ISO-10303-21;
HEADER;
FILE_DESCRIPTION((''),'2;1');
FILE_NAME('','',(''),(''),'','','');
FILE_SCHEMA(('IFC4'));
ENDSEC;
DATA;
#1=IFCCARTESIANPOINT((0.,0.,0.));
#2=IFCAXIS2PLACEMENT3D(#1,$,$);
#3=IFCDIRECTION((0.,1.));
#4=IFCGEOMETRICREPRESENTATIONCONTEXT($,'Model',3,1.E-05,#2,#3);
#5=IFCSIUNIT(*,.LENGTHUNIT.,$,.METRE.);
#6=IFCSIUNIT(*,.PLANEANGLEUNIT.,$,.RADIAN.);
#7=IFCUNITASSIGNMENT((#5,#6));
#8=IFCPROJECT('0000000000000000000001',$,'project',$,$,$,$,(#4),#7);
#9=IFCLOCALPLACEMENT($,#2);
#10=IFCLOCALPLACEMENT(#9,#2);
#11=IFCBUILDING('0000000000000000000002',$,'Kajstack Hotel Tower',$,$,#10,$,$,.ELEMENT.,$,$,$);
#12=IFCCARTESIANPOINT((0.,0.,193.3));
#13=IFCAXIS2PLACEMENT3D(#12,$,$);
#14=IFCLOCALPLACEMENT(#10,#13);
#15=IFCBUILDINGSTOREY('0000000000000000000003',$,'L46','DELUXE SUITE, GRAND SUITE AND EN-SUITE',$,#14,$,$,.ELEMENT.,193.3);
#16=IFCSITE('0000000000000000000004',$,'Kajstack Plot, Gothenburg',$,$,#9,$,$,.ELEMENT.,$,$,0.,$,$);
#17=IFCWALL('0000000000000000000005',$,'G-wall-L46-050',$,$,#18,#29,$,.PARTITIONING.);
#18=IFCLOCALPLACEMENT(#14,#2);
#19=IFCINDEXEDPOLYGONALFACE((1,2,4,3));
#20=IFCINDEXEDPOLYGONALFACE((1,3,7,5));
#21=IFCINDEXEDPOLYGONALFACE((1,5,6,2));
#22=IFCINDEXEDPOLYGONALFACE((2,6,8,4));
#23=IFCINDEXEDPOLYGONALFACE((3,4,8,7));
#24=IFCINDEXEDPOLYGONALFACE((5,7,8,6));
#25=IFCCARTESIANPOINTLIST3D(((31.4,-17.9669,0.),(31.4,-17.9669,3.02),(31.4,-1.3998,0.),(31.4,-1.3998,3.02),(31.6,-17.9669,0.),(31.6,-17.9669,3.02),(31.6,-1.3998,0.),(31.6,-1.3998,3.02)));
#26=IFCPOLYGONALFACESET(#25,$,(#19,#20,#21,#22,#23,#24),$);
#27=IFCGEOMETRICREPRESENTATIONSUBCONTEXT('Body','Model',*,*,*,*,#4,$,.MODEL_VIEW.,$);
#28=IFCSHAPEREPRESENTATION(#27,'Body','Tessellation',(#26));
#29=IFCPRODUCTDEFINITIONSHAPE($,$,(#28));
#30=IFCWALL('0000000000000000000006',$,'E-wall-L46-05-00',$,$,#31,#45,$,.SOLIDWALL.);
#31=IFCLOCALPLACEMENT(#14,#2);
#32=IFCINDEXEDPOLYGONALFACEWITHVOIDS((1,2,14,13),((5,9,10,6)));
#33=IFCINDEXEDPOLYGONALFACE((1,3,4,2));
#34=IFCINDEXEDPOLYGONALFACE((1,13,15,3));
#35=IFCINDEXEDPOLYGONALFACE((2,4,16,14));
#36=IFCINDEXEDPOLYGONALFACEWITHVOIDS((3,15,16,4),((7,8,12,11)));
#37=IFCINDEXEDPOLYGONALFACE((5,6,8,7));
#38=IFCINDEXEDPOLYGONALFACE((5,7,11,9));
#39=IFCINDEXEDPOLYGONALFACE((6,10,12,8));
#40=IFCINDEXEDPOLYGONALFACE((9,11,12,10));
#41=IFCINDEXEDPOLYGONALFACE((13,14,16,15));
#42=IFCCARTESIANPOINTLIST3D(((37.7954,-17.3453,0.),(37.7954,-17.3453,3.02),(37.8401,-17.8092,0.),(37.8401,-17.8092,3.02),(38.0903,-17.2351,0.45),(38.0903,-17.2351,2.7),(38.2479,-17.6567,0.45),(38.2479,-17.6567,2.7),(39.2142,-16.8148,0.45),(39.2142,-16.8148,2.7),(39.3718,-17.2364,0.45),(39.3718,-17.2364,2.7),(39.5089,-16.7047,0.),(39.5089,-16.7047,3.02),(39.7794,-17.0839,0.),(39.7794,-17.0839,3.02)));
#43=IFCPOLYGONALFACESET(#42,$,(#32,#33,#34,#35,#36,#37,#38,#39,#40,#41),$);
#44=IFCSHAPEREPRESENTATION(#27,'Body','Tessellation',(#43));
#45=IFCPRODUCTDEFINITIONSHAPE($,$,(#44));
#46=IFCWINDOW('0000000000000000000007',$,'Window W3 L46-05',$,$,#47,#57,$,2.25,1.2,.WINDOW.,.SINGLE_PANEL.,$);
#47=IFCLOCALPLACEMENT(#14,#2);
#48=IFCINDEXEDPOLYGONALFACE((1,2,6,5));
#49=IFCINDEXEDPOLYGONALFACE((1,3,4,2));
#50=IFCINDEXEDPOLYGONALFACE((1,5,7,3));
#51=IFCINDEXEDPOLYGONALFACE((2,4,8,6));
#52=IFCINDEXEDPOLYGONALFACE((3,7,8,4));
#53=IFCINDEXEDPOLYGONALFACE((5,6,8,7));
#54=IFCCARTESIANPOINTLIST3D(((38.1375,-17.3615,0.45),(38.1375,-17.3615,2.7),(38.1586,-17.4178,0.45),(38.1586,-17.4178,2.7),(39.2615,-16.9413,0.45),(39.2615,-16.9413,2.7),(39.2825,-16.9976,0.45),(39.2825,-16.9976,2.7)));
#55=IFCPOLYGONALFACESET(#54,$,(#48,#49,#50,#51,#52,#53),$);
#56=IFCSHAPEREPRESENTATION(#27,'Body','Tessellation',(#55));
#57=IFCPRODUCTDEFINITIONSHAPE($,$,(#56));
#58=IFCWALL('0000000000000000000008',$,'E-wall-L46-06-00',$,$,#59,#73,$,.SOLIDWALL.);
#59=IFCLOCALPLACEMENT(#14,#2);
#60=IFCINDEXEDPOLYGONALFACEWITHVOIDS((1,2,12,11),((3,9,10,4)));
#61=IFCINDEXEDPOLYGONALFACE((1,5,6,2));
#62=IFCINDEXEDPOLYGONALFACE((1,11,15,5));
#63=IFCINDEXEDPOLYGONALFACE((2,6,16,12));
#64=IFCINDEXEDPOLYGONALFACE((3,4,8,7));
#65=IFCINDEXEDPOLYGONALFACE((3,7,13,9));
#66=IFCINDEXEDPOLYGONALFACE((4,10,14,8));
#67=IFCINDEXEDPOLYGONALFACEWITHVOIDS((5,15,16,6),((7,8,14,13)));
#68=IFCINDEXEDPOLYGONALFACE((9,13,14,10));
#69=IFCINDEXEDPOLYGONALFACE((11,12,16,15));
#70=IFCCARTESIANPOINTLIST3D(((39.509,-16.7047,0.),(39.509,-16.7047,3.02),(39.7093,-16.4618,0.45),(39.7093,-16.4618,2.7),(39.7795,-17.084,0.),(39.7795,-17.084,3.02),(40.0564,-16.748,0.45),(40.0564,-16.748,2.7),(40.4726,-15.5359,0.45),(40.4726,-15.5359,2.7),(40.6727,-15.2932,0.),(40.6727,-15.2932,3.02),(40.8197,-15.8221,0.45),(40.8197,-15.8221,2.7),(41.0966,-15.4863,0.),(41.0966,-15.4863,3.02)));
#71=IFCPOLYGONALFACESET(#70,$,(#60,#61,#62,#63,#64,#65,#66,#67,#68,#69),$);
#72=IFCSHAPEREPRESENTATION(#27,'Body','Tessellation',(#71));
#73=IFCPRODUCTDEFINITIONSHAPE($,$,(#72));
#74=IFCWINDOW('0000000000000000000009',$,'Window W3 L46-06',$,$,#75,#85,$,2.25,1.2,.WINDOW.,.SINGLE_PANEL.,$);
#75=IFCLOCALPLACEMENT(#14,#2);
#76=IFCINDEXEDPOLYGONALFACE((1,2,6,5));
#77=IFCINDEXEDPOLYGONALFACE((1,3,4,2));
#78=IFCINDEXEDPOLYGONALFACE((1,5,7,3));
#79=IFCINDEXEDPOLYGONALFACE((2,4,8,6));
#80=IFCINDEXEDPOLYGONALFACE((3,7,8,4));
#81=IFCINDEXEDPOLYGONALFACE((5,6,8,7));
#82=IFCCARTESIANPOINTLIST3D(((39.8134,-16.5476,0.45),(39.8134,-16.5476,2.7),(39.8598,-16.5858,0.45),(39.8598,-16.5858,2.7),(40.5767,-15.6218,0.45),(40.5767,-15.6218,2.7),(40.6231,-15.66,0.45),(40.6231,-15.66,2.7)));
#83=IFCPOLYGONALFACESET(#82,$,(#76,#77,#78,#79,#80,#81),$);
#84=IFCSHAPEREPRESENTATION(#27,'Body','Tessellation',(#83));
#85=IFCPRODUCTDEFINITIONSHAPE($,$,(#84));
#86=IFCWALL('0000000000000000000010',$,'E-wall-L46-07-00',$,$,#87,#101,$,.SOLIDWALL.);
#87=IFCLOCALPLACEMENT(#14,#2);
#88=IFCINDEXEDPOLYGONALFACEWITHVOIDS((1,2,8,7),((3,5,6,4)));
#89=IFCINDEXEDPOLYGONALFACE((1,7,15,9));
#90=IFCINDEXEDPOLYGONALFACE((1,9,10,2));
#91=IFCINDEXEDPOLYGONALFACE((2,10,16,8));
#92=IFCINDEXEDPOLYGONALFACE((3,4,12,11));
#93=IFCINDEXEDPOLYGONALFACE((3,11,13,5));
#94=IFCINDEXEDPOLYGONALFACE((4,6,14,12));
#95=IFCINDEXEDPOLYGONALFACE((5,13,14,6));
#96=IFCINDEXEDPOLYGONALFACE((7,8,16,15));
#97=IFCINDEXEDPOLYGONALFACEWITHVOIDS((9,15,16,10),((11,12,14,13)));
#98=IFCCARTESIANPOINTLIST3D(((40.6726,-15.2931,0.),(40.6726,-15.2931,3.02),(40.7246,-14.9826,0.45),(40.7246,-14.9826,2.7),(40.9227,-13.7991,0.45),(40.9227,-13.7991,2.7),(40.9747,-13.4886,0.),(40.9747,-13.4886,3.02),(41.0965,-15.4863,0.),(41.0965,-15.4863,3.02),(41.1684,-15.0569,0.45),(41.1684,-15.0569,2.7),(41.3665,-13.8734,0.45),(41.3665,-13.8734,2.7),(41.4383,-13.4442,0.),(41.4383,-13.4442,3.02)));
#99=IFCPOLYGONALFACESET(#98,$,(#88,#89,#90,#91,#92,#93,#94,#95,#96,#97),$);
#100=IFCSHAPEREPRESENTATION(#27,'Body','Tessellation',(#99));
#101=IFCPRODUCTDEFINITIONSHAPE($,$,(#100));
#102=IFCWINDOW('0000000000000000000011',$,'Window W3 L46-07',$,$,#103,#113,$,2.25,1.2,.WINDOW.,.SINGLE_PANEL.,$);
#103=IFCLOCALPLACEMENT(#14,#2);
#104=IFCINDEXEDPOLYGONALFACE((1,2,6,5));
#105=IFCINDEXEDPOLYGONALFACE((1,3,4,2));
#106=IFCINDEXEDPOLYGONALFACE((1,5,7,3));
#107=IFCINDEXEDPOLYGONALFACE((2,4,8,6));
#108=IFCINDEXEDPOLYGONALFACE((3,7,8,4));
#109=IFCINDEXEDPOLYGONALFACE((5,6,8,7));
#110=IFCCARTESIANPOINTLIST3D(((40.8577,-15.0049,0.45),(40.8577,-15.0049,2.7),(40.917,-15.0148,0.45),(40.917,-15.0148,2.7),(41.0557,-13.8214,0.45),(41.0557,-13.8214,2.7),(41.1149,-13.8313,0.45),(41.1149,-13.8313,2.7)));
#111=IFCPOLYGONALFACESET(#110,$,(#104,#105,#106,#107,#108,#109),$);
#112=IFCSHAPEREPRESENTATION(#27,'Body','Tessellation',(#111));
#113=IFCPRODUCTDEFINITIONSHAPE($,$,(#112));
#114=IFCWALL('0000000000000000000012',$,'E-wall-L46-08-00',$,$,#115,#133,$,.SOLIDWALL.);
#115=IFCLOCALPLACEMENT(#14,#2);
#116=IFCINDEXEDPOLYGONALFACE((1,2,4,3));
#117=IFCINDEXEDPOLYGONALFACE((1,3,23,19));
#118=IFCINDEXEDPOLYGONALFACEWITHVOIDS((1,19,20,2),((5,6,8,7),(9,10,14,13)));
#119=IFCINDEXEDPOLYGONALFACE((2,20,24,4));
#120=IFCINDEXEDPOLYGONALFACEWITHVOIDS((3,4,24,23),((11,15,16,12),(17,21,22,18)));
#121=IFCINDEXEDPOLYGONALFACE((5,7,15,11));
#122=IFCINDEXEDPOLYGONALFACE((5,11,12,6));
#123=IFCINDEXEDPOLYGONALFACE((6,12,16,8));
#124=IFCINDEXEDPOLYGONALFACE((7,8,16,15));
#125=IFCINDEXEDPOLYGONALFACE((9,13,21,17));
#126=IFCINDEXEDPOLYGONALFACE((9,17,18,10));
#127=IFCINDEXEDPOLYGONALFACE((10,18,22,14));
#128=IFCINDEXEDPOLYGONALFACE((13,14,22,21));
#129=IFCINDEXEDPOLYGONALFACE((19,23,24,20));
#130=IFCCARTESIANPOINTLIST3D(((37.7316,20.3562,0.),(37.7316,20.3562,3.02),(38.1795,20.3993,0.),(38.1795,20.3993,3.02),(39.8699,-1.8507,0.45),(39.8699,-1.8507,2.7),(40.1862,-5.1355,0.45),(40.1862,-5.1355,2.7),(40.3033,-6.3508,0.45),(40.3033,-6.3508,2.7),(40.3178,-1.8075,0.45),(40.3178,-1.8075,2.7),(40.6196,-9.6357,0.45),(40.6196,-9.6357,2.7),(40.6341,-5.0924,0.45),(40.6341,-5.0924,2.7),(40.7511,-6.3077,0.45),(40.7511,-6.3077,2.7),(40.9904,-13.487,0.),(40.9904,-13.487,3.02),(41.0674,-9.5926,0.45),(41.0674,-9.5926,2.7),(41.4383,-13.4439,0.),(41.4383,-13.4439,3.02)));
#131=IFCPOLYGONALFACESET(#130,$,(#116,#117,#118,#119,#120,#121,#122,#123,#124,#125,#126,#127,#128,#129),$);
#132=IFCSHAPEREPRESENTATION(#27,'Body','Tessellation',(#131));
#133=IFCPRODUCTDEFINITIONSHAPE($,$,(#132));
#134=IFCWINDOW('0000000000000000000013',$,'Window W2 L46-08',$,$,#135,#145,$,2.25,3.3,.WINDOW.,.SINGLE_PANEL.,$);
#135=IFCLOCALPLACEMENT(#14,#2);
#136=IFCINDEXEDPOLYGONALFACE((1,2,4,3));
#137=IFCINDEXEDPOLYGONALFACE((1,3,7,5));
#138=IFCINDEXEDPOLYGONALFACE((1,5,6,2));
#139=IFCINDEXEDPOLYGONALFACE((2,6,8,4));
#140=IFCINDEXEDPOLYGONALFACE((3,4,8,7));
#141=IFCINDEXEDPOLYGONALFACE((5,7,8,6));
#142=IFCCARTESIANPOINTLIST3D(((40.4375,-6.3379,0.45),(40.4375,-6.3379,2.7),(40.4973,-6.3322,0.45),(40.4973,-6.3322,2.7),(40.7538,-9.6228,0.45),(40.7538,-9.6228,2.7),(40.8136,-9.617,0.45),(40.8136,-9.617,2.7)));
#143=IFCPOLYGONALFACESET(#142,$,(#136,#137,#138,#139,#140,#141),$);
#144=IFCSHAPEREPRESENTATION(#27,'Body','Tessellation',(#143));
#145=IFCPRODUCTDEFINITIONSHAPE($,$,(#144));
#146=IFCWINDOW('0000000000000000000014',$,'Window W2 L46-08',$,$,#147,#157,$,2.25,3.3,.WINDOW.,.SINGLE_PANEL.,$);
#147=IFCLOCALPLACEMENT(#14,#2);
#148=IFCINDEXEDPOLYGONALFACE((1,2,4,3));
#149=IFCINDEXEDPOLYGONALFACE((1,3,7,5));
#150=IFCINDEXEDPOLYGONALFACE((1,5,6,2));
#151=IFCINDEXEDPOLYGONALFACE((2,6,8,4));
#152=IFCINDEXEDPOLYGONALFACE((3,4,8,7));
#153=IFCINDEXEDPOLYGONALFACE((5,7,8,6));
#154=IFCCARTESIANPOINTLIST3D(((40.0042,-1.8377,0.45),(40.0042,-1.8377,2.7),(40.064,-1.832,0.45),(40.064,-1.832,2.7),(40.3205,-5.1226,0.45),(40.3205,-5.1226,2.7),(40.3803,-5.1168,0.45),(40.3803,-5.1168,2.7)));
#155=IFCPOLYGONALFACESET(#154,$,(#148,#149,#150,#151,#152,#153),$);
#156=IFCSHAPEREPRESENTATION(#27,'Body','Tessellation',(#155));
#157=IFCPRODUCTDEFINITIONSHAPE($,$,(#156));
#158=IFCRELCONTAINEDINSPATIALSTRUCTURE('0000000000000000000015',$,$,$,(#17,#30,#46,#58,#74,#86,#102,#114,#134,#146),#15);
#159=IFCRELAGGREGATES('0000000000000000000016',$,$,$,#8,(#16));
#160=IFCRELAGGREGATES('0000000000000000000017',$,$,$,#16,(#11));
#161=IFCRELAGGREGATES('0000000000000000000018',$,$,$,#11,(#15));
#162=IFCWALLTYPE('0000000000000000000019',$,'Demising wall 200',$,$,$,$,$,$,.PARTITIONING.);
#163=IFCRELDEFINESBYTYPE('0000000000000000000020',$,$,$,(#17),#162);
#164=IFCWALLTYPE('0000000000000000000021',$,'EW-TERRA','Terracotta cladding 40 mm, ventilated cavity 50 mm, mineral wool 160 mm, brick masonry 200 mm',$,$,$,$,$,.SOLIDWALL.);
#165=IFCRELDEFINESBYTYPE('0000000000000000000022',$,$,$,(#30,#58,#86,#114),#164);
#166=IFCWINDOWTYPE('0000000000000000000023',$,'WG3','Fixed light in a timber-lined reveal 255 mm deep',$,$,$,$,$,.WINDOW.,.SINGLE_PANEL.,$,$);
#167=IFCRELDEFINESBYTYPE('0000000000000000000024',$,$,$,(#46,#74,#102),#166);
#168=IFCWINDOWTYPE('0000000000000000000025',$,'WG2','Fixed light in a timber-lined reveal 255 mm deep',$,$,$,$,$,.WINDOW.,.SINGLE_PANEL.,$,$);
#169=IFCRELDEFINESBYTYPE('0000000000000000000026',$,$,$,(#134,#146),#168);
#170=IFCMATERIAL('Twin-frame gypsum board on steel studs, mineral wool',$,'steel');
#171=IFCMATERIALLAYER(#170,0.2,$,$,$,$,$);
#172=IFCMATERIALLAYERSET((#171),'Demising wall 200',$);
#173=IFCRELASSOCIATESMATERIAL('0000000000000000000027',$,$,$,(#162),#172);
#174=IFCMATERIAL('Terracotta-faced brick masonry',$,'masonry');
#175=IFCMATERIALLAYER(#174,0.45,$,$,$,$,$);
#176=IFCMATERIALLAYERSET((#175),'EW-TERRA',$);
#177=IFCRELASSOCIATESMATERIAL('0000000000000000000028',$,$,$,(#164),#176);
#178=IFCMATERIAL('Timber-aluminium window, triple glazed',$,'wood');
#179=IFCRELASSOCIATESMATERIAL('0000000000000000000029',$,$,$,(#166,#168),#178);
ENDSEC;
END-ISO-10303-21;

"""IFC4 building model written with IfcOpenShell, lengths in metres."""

from ifc_helpers import new_model, si_unit, direction, frame, frame_2d, origin, place, context, subcontext, project, spatial, polyline, rectangle, outline, extrude, material, layer, layer_set, type_object, element, fill, save


model = new_model("IFC4")

# Units and contexts
model_context = context("Model", 3, precision=1e-05, world=origin(), true_north=direction((0.0, 1.0)))
body_context = subcontext(model_context, "Body", "Model", "MODEL_VIEW")
ifc_project = project(units=[si_unit("LENGTHUNIT", "METRE"), si_unit("PLANEANGLEUNIT", "RADIAN")], contexts=[model_context])

# Site, building, storey
site_placement = place(None, origin())
site = spatial("IfcSite", under=ifc_project, at=site_placement, Name="Kajstack Plot, Gothenburg", CompositionType="ELEMENT", RefElevation=0.0)
building_placement = place(site_placement, origin())
building = spatial("IfcBuilding", under=site, at=building_placement, Name="Kajstack Hotel Tower", CompositionType="ELEMENT")
storey_placement = place(building_placement, frame((0.0, 0.0, 193.3)))
storey = spatial("IfcBuildingStorey", under=building, at=storey_placement, Name="L46", Description="DELUXE SUITE, GRAND SUITE AND EN-SUITE", CompositionType="ELEMENT", Elevation=193.3)

# Wall
ifc_material_1 = material(Name="Twin-frame gypsum board on steel studs, mineral wool", Category="steel")
ifc_layer_1 = layer(ifc_material_1, 0.2)
ifc_layer_set_1 = layer_set([ifc_layer_1], Name="Demising wall 200")
wall_type_1 = type_object("IfcWallType", Name="Demising wall 200", PredefinedType="PARTITIONING", material=ifc_layer_set_1)
wall_1_placement = place(storey_placement, frame((31.5, -17.967, 0.0), z_axis=(0.0, 0.0, 1.0), x_axis=(0.0, 1.0, 0.0)))
element("IfcWall", 1, at=wall_1_placement, inside=storey, type_object=wall_type_1, Name="G-wall-L46-050", PredefinedType="PARTITIONING", context=body_context, shape_type="SweptSolid", body=[
    extrude(rectangle(XDim=16.5671, YDim=0.2, at=frame_2d((8.2837, 0.0))), origin(), (0.0, 0.0, 1.0), 3.02),
])

# Walls, openings, windows
ifc_material_2 = material(Name="Terracotta-faced brick masonry", Category="masonry")
ifc_layer_2 = layer(ifc_material_2, 0.45)
ifc_layer_set_2 = layer_set([ifc_layer_2], Name="EW-TERRA")
wall_type_2 = type_object("IfcWallType", Name="EW-TERRA", Description="Terracotta cladding 40 mm, ventilated cavity 50 mm, mineral wool 160 mm, brick masonry 200 mm", PredefinedType="SOLIDWALL", material=ifc_layer_set_2)
wall_2_placement = place(storey_placement, frame((37.7612, -17.5984, 0.0), z_axis=(0.0, 0.0, 1.0), x_axis=(0.936678, 0.350193, 0.0)))
wall_2 = element("IfcWall", 2, at=wall_2_placement, inside=storey, type_object=wall_type_2, Name="E-wall-L46-05-00", PredefinedType="SOLIDWALL", context=body_context, shape_type="SweptSolid", body=[
    extrude(outline(polyline([(0.0, -0.2251), (2.0706, -0.2249), (1.95, 0.2251), (0.1206, 0.2251), (0.0, -0.2251)])), origin(), (0.0, 0.0, 1.0), 3.02),
])
opening_1_placement = place(wall_2_placement, frame((0.4353, 0.0, 0.45)))
opening_1 = element("IfcOpeningElement", 3, at=opening_1_placement, cuts=wall_2, PredefinedType="OPENING", context=body_context, shape_type="SweptSolid", body=[
    extrude(rectangle(XDim=1.2, YDim=2.25, at=frame_2d((0.6001, 1.125))), frame((0.0, 0.2349, 0.0), z_axis=(0.0, -1.0, 0.0), x_axis=(1.0, 0.0, 0.0)), (0.0, 0.0, 1.0), 0.47),
])
ifc_material_3 = material(Name="Timber-aluminium window, triple glazed", Category="wood")
window_type_1 = type_object("IfcWindowType", Name="WG3", Description="Fixed light in a timber-lined reveal 255 mm deep", PartitioningType="SINGLE_PANEL", PredefinedType="WINDOW", material=ifc_material_3)
window_1_placement = place(opening_1_placement, origin())
window_1 = element("IfcWindow", 4, at=window_1_placement, inside=storey, type_object=window_type_1, Name="Window W3 L46-05", OverallHeight=2.25, OverallWidth=1.2, PartitioningType="SINGLE_PANEL", PredefinedType="WINDOW", context=body_context, shape_type="SweptSolid", body=[
    extrude(rectangle(XDim=1.2, YDim=2.25, at=frame_2d((0.6001, 1.125))), frame((0.0, 0.0901, 0.0), z_axis=(0.0, -1.0, 0.0), x_axis=(1.0, 0.0, 0.0)), (0.0, 0.0, 1.0), 0.0601),
])
fill(opening_1, window_1)
wall_3_placement = place(storey_placement, frame((39.606, -16.9409, 0.0), z_axis=(0.0, 0.0, 1.0), x_axis=(0.636116, 0.771593, 0.0)))
wall_3 = element("IfcWall", 5, at=wall_3_placement, inside=storey, type_object=wall_type_2, Name="E-wall-L46-06-00", PredefinedType="SOLIDWALL", context=body_context, shape_type="SweptSolid", body=[
    extrude(outline(polyline([(0.0, -0.2249), (2.0706, -0.2249), (1.95, 0.2251), (0.1206, 0.2251), (0.0, -0.2249)])), origin(), (0.0, 0.0, 1.0), 3.02),
])
opening_2_placement = place(wall_3_placement, frame((0.4353, 0.0, 0.45)))
opening_2 = element("IfcOpeningElement", 6, at=opening_2_placement, cuts=wall_3, PredefinedType="OPENING", context=body_context, shape_type="SweptSolid", body=[
    extrude(rectangle(XDim=1.2, YDim=2.25, at=frame_2d((0.6001, 1.125))), frame((0.0, 0.2349, 0.0), z_axis=(0.0, -1.0, 0.0), x_axis=(1.0, 0.0, 0.0)), (0.0, 0.0, 1.0), 0.47),
])
window_2_placement = place(opening_2_placement, origin())
window_2 = element("IfcWindow", 7, at=window_2_placement, inside=storey, type_object=window_type_1, Name="Window W3 L46-06", OverallHeight=2.25, OverallWidth=1.2, PartitioningType="SINGLE_PANEL", PredefinedType="WINDOW", context=body_context, shape_type="SweptSolid", body=[
    extrude(rectangle(XDim=1.2, YDim=2.25, at=frame_2d((0.6001, 1.125))), frame((0.0, 0.0901, 0.0), z_axis=(0.0, -1.0, 0.0), x_axis=(1.0, 0.0, 0.0)), (0.0, 0.0, 1.0), 0.0601),
])
fill(opening_2, window_2)
wall_4_placement = place(storey_placement, frame((40.8748, -15.4492, 0.0), z_axis=(0.0, 0.0, 1.0), x_axis=(0.164953, 0.986301, 0.0)))
wall_4 = element("IfcWall", 8, at=wall_4_placement, inside=storey, type_object=wall_type_2, Name="E-wall-L46-07-00", PredefinedType="SOLIDWALL", context=body_context, shape_type="SweptSolid", body=[
    extrude(outline(polyline([(0.0, -0.2249), (2.0706, -0.2251), (1.9502, 0.2249), (0.1206, 0.2251), (0.0, -0.2249)])), origin(), (0.0, 0.0, 1.0), 3.02),
])
opening_3_placement = place(wall_4_placement, frame((0.4353, 0.0, 0.45)))
opening_3 = element("IfcOpeningElement", 9, at=opening_3_placement, cuts=wall_4, PredefinedType="OPENING", context=body_context, shape_type="SweptSolid", body=[
    extrude(rectangle(XDim=1.2, YDim=2.25, at=frame_2d((0.6001, 1.125))), frame((0.0, 0.2349, 0.0), z_axis=(0.0, -1.0, 0.0), x_axis=(1.0, 0.0, 0.0)), (0.0, 0.0, 1.0), 0.47),
])
window_3_placement = place(opening_3_placement, origin())
window_3 = element("IfcWindow", 10, at=window_3_placement, inside=storey, type_object=window_type_1, Name="Window W3 L46-07", OverallHeight=2.25, OverallWidth=1.2, PartitioningType="SINGLE_PANEL", PredefinedType="WINDOW", context=body_context, shape_type="SweptSolid", body=[
    extrude(rectangle(XDim=1.2, YDim=2.25, at=frame_2d((0.6001, 1.125))), frame((0.0, 0.0901, 0.0), z_axis=(0.0, -1.0, 0.0), x_axis=(1.0, 0.0, 0.0)), (0.0, 0.0, 1.0), 0.0601),
])
fill(opening_3, window_3)

# Wall, openings, windows
wall_5_placement = place(storey_placement, frame((41.2144, -13.4656, 0.0), z_axis=(0.0, 0.0, 1.0), x_axis=(-0.095847, 0.995396, 0.0)))
wall_5 = element("IfcWall", 11, at=wall_5_placement, inside=storey, type_object=wall_type_2, Name="E-wall-L46-08-00", PredefinedType="SOLIDWALL", context=body_context, shape_type="SweptSolid", body=[
    extrude(rectangle(XDim=33.9998, YDim=0.45, at=frame_2d((17.0, 0.0))), origin(), (0.0, 0.0, 1.0), 3.02),
])
opening_4_placement = place(wall_5_placement, frame((3.8694, 0.0, 0.45)))
opening_4 = element("IfcOpeningElement", 12, at=opening_4_placement, cuts=wall_5, PredefinedType="OPENING", context=body_context, shape_type="SweptSolid", body=[
    extrude(rectangle(XDim=3.3, YDim=2.25, at=frame_2d((1.6499, 1.125))), frame((0.0, 0.2349, 0.0), z_axis=(0.0, -1.0, 0.0), x_axis=(1.0, 0.0, 0.0)), (0.0, 0.0, 1.0), 0.47),
])
opening_5_placement = place(wall_5_placement, frame((8.3904, 0.0, 0.45)))
opening_5 = element("IfcOpeningElement", 13, at=opening_5_placement, cuts=wall_5, PredefinedType="OPENING", context=body_context, shape_type="SweptSolid", body=[
    extrude(rectangle(XDim=3.3, YDim=2.25, at=frame_2d((1.6499, 1.125))), frame((0.0, 0.2349, 0.0), z_axis=(0.0, -1.0, 0.0), x_axis=(1.0, 0.0, 0.0)), (0.0, 0.0, 1.0), 0.47),
])
window_type_2 = type_object("IfcWindowType", Name="WG2", Description="Fixed light in a timber-lined reveal 255 mm deep", PartitioningType="SINGLE_PANEL", PredefinedType="WINDOW", material=ifc_material_3)
window_4_placement = place(opening_4_placement, origin())
window_4 = element("IfcWindow", 14, at=window_4_placement, inside=storey, type_object=window_type_2, Name="Window W2 L46-08", OverallHeight=2.25, OverallWidth=3.3, PartitioningType="SINGLE_PANEL", PredefinedType="WINDOW", context=body_context, shape_type="SweptSolid", body=[
    extrude(rectangle(XDim=3.3, YDim=2.25, at=frame_2d((1.6499, 1.125))), frame((0.0, 0.0901, 0.0), z_axis=(0.0, -1.0, 0.0), x_axis=(1.0, 0.0, 0.0)), (0.0, 0.0, 1.0), 0.0601),
])
fill(opening_4, window_4)
window_5_placement = place(opening_5_placement, origin())
window_5 = element("IfcWindow", 15, at=window_5_placement, inside=storey, type_object=window_type_2, Name="Window W2 L46-08", OverallHeight=2.25, OverallWidth=3.3, PartitioningType="SINGLE_PANEL", PredefinedType="WINDOW", context=body_context, shape_type="SweptSolid", body=[
    extrude(rectangle(XDim=3.3, YDim=2.25, at=frame_2d((1.6499, 1.125))), frame((0.0, 0.0901, 0.0), z_axis=(0.0, -1.0, 0.0), x_axis=(1.0, 0.0, 0.0)), (0.0, 0.0, 1.0), 0.0601),
])
fill(opening_5, window_5)

save(model, "model.ifc")
